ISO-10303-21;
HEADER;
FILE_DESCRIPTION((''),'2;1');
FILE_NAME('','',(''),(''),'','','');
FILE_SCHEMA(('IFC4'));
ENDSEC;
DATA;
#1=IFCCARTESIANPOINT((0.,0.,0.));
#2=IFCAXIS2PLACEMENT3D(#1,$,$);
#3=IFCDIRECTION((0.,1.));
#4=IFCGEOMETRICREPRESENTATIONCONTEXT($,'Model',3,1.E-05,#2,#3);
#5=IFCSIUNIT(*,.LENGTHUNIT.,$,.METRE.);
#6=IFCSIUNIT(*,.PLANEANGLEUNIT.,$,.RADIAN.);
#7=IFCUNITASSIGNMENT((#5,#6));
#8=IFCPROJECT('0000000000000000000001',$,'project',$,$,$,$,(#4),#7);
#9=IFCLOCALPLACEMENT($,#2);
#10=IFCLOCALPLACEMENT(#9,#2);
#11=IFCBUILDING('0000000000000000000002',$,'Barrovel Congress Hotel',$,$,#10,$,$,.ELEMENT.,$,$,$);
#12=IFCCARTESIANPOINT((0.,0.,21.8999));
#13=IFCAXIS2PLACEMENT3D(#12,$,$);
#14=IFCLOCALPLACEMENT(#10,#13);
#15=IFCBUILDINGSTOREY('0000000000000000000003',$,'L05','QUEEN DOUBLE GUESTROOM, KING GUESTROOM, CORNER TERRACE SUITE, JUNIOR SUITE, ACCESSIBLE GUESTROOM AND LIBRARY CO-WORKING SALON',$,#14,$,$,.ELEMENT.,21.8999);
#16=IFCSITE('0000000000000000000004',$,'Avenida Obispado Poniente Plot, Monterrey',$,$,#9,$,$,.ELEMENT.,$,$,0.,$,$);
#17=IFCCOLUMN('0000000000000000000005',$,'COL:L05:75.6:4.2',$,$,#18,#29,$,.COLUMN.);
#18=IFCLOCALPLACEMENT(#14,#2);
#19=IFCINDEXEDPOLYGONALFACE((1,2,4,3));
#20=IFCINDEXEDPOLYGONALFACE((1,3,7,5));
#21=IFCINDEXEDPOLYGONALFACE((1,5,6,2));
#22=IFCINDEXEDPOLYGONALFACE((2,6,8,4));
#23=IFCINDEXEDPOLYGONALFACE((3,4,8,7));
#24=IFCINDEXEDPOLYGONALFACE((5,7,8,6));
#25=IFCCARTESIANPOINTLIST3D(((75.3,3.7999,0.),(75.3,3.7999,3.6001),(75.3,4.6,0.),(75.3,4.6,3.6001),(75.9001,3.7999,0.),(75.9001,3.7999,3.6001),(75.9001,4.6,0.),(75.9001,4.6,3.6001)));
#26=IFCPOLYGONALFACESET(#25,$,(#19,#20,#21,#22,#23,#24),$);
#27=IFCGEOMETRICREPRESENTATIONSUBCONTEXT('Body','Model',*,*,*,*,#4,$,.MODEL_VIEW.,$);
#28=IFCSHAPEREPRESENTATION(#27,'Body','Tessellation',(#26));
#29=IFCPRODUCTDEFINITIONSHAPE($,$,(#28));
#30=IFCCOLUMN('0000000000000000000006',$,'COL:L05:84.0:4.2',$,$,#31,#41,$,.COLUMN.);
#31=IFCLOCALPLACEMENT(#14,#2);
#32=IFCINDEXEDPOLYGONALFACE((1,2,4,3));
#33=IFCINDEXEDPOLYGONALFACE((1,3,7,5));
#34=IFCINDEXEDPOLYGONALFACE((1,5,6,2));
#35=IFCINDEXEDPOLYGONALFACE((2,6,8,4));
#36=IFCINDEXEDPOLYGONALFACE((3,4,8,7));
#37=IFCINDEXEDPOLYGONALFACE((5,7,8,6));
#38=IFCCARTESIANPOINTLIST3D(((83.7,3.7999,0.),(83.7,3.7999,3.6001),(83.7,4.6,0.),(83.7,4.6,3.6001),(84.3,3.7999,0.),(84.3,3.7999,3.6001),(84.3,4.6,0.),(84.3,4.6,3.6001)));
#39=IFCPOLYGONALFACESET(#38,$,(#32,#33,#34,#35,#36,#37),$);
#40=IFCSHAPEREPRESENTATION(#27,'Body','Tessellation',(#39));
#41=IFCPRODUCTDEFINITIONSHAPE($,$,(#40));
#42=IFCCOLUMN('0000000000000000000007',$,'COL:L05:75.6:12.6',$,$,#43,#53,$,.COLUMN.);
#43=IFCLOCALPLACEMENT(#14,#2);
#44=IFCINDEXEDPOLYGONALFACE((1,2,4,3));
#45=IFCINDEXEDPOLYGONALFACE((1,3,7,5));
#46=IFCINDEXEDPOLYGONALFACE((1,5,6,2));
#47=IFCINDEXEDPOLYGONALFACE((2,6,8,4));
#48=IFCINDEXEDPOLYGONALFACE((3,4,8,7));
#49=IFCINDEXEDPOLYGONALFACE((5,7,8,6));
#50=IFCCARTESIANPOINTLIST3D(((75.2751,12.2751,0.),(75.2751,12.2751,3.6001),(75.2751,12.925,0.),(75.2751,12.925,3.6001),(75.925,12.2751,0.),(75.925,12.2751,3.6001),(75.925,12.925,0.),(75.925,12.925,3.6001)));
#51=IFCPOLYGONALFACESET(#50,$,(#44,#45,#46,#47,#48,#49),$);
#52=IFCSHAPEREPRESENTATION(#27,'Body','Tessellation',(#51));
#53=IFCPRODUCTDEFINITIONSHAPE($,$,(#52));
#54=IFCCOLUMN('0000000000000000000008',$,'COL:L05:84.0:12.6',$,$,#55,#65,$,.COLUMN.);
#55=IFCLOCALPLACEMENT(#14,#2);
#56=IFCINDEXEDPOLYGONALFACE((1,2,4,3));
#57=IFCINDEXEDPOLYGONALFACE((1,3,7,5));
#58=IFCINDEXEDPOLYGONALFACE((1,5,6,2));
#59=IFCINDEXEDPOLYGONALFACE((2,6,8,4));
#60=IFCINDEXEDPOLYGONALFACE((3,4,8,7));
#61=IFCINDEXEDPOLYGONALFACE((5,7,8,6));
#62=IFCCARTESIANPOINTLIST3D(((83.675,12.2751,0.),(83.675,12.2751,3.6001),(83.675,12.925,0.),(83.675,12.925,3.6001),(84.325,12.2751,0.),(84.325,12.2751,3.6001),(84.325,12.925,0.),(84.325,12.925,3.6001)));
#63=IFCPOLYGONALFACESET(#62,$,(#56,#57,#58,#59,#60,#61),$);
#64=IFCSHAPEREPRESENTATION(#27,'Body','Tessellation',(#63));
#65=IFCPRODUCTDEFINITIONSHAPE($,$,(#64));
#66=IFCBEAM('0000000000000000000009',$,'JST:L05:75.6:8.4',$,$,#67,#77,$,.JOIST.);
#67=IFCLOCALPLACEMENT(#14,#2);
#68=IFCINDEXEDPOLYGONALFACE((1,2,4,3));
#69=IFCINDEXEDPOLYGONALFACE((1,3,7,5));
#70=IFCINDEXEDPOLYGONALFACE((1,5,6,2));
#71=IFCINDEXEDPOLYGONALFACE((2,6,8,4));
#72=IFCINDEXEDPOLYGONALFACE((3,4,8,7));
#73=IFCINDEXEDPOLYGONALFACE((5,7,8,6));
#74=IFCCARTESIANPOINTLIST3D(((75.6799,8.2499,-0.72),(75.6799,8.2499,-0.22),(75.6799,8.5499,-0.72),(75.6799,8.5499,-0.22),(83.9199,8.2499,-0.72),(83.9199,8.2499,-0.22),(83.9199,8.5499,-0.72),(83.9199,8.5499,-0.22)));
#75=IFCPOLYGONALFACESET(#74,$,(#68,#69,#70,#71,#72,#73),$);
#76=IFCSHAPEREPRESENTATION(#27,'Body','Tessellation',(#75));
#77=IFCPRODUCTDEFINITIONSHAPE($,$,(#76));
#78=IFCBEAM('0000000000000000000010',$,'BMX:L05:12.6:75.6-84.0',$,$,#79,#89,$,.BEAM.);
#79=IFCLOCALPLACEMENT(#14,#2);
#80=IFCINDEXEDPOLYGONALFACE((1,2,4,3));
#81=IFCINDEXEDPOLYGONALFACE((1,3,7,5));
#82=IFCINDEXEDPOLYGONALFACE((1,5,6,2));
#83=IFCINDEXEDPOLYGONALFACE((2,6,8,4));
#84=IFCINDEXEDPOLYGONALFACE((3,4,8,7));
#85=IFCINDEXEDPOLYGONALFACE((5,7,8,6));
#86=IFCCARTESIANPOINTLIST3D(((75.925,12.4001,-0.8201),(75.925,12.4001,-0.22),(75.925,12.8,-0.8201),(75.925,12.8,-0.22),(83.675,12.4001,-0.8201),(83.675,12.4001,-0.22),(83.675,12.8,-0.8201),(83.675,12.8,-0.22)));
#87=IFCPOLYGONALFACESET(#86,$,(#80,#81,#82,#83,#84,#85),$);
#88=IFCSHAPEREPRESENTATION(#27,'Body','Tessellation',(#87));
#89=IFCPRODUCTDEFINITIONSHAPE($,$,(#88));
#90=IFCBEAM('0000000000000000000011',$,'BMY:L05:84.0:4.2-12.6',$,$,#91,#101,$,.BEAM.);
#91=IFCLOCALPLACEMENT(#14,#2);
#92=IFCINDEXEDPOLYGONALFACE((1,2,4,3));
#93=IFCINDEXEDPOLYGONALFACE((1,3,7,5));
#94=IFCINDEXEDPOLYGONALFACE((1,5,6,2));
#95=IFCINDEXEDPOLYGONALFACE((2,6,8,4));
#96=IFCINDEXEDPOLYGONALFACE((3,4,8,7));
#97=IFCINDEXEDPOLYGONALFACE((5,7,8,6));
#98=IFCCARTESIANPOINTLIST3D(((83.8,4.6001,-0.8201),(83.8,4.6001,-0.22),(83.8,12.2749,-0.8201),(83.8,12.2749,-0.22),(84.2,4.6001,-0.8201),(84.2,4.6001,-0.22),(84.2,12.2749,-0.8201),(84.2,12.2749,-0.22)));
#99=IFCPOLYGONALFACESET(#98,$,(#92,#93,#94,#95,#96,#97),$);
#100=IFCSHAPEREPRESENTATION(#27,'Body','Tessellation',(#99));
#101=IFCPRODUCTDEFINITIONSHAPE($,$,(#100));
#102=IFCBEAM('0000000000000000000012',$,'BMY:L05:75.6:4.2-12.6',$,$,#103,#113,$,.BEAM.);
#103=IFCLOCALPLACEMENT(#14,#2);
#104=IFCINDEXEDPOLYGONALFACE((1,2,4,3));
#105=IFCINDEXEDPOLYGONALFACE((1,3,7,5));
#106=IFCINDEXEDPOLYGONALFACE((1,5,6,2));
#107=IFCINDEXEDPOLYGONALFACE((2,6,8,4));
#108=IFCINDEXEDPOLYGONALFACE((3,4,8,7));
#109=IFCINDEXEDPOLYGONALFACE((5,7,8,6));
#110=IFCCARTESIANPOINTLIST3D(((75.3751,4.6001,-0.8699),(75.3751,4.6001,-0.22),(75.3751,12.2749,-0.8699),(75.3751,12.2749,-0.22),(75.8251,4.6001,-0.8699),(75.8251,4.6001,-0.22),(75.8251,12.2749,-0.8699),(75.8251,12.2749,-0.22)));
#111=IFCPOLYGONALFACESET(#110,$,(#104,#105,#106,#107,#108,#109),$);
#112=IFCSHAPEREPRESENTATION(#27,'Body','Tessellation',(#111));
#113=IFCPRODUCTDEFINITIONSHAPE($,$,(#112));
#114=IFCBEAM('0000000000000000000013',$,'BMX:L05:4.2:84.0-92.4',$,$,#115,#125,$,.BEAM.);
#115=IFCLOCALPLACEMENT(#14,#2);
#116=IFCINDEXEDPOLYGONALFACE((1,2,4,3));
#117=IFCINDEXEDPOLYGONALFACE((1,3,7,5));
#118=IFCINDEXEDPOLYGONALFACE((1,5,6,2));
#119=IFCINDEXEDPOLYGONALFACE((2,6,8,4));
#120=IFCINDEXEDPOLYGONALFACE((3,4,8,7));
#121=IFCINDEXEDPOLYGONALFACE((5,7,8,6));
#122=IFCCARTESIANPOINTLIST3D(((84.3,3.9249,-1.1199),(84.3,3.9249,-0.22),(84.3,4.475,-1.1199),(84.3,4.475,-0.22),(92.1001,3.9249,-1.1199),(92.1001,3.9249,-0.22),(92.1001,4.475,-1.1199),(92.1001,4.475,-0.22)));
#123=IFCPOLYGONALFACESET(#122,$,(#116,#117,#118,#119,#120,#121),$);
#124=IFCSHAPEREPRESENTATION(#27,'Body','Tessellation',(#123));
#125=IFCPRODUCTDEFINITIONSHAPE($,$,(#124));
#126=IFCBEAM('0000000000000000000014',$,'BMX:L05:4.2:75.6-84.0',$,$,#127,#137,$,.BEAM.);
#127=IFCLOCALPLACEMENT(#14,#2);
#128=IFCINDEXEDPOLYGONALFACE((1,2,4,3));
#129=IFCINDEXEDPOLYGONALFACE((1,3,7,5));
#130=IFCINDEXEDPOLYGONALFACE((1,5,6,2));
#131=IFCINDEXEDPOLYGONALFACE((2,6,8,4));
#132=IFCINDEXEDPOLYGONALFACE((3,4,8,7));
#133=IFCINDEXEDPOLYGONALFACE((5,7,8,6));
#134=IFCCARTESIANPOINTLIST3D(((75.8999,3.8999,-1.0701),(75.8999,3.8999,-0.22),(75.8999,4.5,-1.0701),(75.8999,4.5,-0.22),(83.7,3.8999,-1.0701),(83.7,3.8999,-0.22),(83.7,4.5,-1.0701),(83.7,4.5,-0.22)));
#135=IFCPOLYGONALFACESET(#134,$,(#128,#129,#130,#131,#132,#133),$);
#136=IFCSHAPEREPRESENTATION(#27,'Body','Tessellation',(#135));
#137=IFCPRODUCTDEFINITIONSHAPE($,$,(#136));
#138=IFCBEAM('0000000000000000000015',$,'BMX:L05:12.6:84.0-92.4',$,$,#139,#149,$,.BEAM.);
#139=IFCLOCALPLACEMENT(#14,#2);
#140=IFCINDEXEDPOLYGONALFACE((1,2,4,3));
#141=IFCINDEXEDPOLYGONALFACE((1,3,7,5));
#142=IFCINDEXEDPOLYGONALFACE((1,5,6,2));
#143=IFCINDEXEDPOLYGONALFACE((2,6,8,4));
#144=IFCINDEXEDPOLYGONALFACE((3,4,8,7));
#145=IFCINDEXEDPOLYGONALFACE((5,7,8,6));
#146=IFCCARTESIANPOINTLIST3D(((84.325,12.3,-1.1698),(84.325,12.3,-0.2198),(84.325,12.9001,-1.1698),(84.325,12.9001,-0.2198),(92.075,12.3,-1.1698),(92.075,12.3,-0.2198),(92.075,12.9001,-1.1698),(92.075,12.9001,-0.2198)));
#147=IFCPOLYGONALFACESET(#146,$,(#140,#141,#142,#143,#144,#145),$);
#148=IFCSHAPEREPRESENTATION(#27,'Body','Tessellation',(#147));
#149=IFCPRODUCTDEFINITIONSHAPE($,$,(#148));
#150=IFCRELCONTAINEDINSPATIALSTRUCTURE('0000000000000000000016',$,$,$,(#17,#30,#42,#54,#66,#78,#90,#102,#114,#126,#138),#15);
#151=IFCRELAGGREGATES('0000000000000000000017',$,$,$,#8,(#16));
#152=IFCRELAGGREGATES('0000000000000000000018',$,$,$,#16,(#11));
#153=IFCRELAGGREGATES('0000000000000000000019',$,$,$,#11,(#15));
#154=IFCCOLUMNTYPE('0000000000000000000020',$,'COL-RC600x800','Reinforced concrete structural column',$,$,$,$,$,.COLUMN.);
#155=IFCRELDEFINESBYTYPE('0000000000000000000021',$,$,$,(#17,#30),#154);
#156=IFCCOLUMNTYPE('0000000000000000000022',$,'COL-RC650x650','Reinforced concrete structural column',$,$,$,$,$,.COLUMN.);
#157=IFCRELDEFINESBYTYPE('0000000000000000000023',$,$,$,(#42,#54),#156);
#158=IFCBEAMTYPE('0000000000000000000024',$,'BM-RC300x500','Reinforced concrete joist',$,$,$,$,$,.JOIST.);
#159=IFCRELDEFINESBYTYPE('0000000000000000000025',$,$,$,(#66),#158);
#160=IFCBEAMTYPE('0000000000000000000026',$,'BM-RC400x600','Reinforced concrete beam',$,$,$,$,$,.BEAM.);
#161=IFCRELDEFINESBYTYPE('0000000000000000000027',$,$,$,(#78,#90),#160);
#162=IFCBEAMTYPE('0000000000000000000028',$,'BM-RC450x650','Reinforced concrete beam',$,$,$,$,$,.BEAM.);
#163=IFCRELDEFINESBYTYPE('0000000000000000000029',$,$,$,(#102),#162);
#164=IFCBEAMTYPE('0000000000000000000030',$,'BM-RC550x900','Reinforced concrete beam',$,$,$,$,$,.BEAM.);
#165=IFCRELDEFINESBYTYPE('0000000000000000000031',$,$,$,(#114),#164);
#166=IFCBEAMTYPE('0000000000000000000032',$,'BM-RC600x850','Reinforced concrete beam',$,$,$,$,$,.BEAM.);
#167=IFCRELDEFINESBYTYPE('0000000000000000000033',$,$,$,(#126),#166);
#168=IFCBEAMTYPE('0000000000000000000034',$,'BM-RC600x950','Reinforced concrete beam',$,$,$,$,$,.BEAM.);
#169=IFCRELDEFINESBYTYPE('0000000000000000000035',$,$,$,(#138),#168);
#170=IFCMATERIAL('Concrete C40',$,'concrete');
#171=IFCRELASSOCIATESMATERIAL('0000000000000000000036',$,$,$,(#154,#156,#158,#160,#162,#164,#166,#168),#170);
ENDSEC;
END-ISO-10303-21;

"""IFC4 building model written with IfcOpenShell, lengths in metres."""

from ifc_helpers import new_model, si_unit, direction, frame, origin, origin_2d, place, context, subcontext, project, spatial, rectangle, extrude, material, material_profile, profile_set, type_object, element, save


model = new_model("IFC4")

# Units and contexts
model_context = context("Model", 3, precision=1e-05, world=origin(), true_north=direction((0.0, 1.0)))
body_context = subcontext(model_context, "Body", "Model", "MODEL_VIEW")
ifc_project = project(units=[si_unit("LENGTHUNIT", "METRE"), si_unit("PLANEANGLEUNIT", "RADIAN")], contexts=[model_context])

# Site, building, storey
site_placement = place(None, origin())
site = spatial("IfcSite", under=ifc_project, at=site_placement, Name="Avenida Obispado Poniente Plot, Monterrey", CompositionType="ELEMENT", RefElevation=0.0)
building_placement = place(site_placement, origin())
building = spatial("IfcBuilding", under=site, at=building_placement, Name="Barrovel Congress Hotel", CompositionType="ELEMENT")
storey_placement = place(building_placement, frame((0.0, 0.0, 21.8999)))
storey = spatial("IfcBuildingStorey", under=building, at=storey_placement, Name="L05", Description="QUEEN DOUBLE GUESTROOM, KING GUESTROOM, CORNER TERRACE SUITE, JUNIOR SUITE, ACCESSIBLE GUESTROOM AND LIBRARY CO-WORKING SALON", CompositionType="ELEMENT", Elevation=21.8999)

# Columns
ifc_material_1 = material(Name="Concrete C40", Category="concrete")
ifc_material_profile_1 = material_profile(ifc_material_1, rectangle(XDim=0.6001, YDim=0.8, at=origin_2d()), Name="RC600x800")
ifc_profile_set_1 = profile_set([ifc_material_profile_1], Name="Concrete C40")
column_type_1 = type_object("IfcColumnType", Name="COL-RC600x800", Description="Reinforced concrete structural column", PredefinedType="COLUMN", material=ifc_profile_set_1)
for number, where, z_axis, x_axis, name in (
    (1, (75.6001, 4.2, 0.0), (0.0, 0.0, 1.0), (1.0, 0.0, 0.0), "COL:L05:75.6:4.2"),
    (2, (84.0, 4.2, 0.0), (0.0, 0.0, 1.0), (1.0, 0.0, 0.0), "COL:L05:84.0:4.2"),
):
    element("IfcColumn", number, at=place(storey_placement, frame(where, z_axis=z_axis, x_axis=x_axis)), inside=storey, type_object=column_type_1, Name=name, PredefinedType="COLUMN", context=body_context, shape_type="SweptSolid", body=[
        extrude(rectangle(XDim=0.6001, YDim=0.8, at=origin_2d()), origin(), (0.0, 0.0, 1.0), 3.6001),
    ])
ifc_material_profile_2 = material_profile(ifc_material_1, rectangle(XDim=0.6499, YDim=0.6499, at=origin_2d()), Name="RC650x650")
ifc_profile_set_2 = profile_set([ifc_material_profile_2], Name="Concrete C40")
column_type_2 = type_object("IfcColumnType", Name="COL-RC650x650", Description="Reinforced concrete structural column", PredefinedType="COLUMN", material=ifc_profile_set_2)
for number, where, z_axis, x_axis, name in (
    (3, (75.6001, 12.6001, 0.0), (0.0, 0.0, 1.0), (1.0, 0.0, 0.0), "COL:L05:75.6:12.6"),
    (4, (84.0, 12.6001, 0.0), (0.0, 0.0, 1.0), (1.0, 0.0, 0.0), "COL:L05:84.0:12.6"),
):
    element("IfcColumn", number, at=place(storey_placement, frame(where, z_axis=z_axis, x_axis=x_axis)), inside=storey, type_object=column_type_2, Name=name, PredefinedType="COLUMN", context=body_context, shape_type="SweptSolid", body=[
        extrude(rectangle(XDim=0.6499, YDim=0.6499, at=origin_2d()), origin(), (0.0, 0.0, 1.0), 3.6001),
    ])

# Beams
ifc_material_profile_3 = material_profile(ifc_material_1, rectangle(XDim=0.3, YDim=0.5, at=origin_2d()), Name="RC300x500")
ifc_profile_set_3 = profile_set([ifc_material_profile_3], Name="Concrete C40")
beam_type_1 = type_object("IfcBeamType", Name="BM-RC300x500", Description="Reinforced concrete joist", PredefinedType="JOIST", material=ifc_profile_set_3)
beam_1_placement = place(storey_placement, frame((75.6799, 8.3999, -0.47), z_axis=(1.0, 0.0, 0.0), x_axis=(0.0, 1.0, 0.0)))
element("IfcBeam", 5, at=beam_1_placement, inside=storey, type_object=beam_type_1, Name="JST:L05:75.6:8.4", PredefinedType="JOIST", context=body_context, shape_type="SweptSolid", body=[
    extrude(rectangle(XDim=0.3, YDim=0.5, at=origin_2d()), origin(), (0.0, 0.0, 1.0), 8.24),
])
ifc_material_profile_4 = material_profile(ifc_material_1, rectangle(XDim=0.3999, YDim=0.6001, at=origin_2d()), Name="RC400x600")
ifc_profile_set_4 = profile_set([ifc_material_profile_4], Name="Concrete C40")
beam_type_2 = type_object("IfcBeamType", Name="BM-RC400x600", Description="Reinforced concrete beam", PredefinedType="BEAM", material=ifc_profile_set_4)
beam_2_placement = place(storey_placement, frame((75.925, 12.6001, -0.52), z_axis=(1.0, 0.0, 0.0), x_axis=(0.0, 1.0, 0.0)))
element("IfcBeam", 6, at=beam_2_placement, inside=storey, type_object=beam_type_2, Name="BMX:L05:12.6:75.6-84.0", PredefinedType="BEAM", context=body_context, shape_type="SweptSolid", body=[
    extrude(rectangle(XDim=0.3999, YDim=0.6001, at=origin_2d()), origin(), (0.0, 0.0, 1.0), 7.75),
])
beam_3_placement = place(storey_placement, frame((84.0, 4.6001, -0.52), z_axis=(0.0, 1.0, 0.0), x_axis=(-1.0, 0.0, 0.0)))
element("IfcBeam", 7, at=beam_3_placement, inside=storey, type_object=beam_type_2, Name="BMY:L05:84.0:4.2-12.6", PredefinedType="BEAM", context=body_context, shape_type="SweptSolid", body=[
    extrude(rectangle(XDim=0.3999, YDim=0.6001, at=origin_2d()), origin(), (0.0, 0.0, 1.0), 7.6748),
])
ifc_material_profile_5 = material_profile(ifc_material_1, rectangle(XDim=0.45, YDim=0.6499, at=origin_2d()), Name="RC450x650")
ifc_profile_set_5 = profile_set([ifc_material_profile_5], Name="Concrete C40")
beam_type_3 = type_object("IfcBeamType", Name="BM-RC450x650", Description="Reinforced concrete beam", PredefinedType="BEAM", material=ifc_profile_set_5)
beam_4_placement = place(storey_placement, frame((75.6001, 4.6001, -0.5449), z_axis=(0.0, 1.0, 0.0), x_axis=(-1.0, 0.0, 0.0)))
element("IfcBeam", 8, at=beam_4_placement, inside=storey, type_object=beam_type_3, Name="BMY:L05:75.6:4.2-12.6", PredefinedType="BEAM", context=body_context, shape_type="SweptSolid", body=[
    extrude(rectangle(XDim=0.45, YDim=0.6499, at=origin_2d()), origin(), (0.0, 0.0, 1.0), 7.6748),
])
ifc_material_profile_6 = material_profile(ifc_material_1, rectangle(XDim=0.55, YDim=0.8999, at=origin_2d()), Name="RC550x900")
ifc_profile_set_6 = profile_set([ifc_material_profile_6], Name="Concrete C40")
beam_type_4 = type_object("IfcBeamType", Name="BM-RC550x900", Description="Reinforced concrete beam", PredefinedType="BEAM", material=ifc_profile_set_6)
beam_5_placement = place(storey_placement, frame((84.3, 4.2, -0.6699), z_axis=(1.0, 0.0, 0.0), x_axis=(0.0, 1.0, 0.0)))
element("IfcBeam", 9, at=beam_5_placement, inside=storey, type_object=beam_type_4, Name="BMX:L05:4.2:84.0-92.4", PredefinedType="BEAM", context=body_context, shape_type="SweptSolid", body=[
    extrude(rectangle(XDim=0.55, YDim=0.8999, at=origin_2d()), origin(), (0.0, 0.0, 1.0), 7.8),
])
ifc_material_profile_7 = material_profile(ifc_material_1, rectangle(XDim=0.6001, YDim=0.8501, at=origin_2d()), Name="RC600x850")
ifc_profile_set_7 = profile_set([ifc_material_profile_7], Name="Concrete C40")
beam_type_5 = type_object("IfcBeamType", Name="BM-RC600x850", Description="Reinforced concrete beam", PredefinedType="BEAM", material=ifc_profile_set_7)
beam_6_placement = place(storey_placement, frame((75.8999, 4.2, -0.645), z_axis=(1.0, 0.0, 0.0), x_axis=(0.0, 1.0, 0.0)))
element("IfcBeam", 10, at=beam_6_placement, inside=storey, type_object=beam_type_5, Name="BMX:L05:4.2:75.6-84.0", PredefinedType="BEAM", context=body_context, shape_type="SweptSolid", body=[
    extrude(rectangle(XDim=0.6001, YDim=0.8501, at=origin_2d()), origin(), (0.0, 0.0, 1.0), 7.8),
])
ifc_material_profile_8 = material_profile(ifc_material_1, rectangle(XDim=0.6001, YDim=0.95, at=origin_2d()), Name="RC600x950")
ifc_profile_set_8 = profile_set([ifc_material_profile_8], Name="Concrete C40")
beam_type_6 = type_object("IfcBeamType", Name="BM-RC600x950", Description="Reinforced concrete beam", PredefinedType="BEAM", material=ifc_profile_set_8)
beam_7_placement = place(storey_placement, frame((84.325, 12.6001, -0.6948), z_axis=(1.0, 0.0, 0.0), x_axis=(0.0, 1.0, 0.0)))
element("IfcBeam", 11, at=beam_7_placement, inside=storey, type_object=beam_type_6, Name="BMX:L05:12.6:84.0-92.4", PredefinedType="BEAM", context=body_context, shape_type="SweptSolid", body=[
    extrude(rectangle(XDim=0.6001, YDim=0.95, at=origin_2d()), origin(), (0.0, 0.0, 1.0), 7.75),
])

save(model, "model.ifc")
